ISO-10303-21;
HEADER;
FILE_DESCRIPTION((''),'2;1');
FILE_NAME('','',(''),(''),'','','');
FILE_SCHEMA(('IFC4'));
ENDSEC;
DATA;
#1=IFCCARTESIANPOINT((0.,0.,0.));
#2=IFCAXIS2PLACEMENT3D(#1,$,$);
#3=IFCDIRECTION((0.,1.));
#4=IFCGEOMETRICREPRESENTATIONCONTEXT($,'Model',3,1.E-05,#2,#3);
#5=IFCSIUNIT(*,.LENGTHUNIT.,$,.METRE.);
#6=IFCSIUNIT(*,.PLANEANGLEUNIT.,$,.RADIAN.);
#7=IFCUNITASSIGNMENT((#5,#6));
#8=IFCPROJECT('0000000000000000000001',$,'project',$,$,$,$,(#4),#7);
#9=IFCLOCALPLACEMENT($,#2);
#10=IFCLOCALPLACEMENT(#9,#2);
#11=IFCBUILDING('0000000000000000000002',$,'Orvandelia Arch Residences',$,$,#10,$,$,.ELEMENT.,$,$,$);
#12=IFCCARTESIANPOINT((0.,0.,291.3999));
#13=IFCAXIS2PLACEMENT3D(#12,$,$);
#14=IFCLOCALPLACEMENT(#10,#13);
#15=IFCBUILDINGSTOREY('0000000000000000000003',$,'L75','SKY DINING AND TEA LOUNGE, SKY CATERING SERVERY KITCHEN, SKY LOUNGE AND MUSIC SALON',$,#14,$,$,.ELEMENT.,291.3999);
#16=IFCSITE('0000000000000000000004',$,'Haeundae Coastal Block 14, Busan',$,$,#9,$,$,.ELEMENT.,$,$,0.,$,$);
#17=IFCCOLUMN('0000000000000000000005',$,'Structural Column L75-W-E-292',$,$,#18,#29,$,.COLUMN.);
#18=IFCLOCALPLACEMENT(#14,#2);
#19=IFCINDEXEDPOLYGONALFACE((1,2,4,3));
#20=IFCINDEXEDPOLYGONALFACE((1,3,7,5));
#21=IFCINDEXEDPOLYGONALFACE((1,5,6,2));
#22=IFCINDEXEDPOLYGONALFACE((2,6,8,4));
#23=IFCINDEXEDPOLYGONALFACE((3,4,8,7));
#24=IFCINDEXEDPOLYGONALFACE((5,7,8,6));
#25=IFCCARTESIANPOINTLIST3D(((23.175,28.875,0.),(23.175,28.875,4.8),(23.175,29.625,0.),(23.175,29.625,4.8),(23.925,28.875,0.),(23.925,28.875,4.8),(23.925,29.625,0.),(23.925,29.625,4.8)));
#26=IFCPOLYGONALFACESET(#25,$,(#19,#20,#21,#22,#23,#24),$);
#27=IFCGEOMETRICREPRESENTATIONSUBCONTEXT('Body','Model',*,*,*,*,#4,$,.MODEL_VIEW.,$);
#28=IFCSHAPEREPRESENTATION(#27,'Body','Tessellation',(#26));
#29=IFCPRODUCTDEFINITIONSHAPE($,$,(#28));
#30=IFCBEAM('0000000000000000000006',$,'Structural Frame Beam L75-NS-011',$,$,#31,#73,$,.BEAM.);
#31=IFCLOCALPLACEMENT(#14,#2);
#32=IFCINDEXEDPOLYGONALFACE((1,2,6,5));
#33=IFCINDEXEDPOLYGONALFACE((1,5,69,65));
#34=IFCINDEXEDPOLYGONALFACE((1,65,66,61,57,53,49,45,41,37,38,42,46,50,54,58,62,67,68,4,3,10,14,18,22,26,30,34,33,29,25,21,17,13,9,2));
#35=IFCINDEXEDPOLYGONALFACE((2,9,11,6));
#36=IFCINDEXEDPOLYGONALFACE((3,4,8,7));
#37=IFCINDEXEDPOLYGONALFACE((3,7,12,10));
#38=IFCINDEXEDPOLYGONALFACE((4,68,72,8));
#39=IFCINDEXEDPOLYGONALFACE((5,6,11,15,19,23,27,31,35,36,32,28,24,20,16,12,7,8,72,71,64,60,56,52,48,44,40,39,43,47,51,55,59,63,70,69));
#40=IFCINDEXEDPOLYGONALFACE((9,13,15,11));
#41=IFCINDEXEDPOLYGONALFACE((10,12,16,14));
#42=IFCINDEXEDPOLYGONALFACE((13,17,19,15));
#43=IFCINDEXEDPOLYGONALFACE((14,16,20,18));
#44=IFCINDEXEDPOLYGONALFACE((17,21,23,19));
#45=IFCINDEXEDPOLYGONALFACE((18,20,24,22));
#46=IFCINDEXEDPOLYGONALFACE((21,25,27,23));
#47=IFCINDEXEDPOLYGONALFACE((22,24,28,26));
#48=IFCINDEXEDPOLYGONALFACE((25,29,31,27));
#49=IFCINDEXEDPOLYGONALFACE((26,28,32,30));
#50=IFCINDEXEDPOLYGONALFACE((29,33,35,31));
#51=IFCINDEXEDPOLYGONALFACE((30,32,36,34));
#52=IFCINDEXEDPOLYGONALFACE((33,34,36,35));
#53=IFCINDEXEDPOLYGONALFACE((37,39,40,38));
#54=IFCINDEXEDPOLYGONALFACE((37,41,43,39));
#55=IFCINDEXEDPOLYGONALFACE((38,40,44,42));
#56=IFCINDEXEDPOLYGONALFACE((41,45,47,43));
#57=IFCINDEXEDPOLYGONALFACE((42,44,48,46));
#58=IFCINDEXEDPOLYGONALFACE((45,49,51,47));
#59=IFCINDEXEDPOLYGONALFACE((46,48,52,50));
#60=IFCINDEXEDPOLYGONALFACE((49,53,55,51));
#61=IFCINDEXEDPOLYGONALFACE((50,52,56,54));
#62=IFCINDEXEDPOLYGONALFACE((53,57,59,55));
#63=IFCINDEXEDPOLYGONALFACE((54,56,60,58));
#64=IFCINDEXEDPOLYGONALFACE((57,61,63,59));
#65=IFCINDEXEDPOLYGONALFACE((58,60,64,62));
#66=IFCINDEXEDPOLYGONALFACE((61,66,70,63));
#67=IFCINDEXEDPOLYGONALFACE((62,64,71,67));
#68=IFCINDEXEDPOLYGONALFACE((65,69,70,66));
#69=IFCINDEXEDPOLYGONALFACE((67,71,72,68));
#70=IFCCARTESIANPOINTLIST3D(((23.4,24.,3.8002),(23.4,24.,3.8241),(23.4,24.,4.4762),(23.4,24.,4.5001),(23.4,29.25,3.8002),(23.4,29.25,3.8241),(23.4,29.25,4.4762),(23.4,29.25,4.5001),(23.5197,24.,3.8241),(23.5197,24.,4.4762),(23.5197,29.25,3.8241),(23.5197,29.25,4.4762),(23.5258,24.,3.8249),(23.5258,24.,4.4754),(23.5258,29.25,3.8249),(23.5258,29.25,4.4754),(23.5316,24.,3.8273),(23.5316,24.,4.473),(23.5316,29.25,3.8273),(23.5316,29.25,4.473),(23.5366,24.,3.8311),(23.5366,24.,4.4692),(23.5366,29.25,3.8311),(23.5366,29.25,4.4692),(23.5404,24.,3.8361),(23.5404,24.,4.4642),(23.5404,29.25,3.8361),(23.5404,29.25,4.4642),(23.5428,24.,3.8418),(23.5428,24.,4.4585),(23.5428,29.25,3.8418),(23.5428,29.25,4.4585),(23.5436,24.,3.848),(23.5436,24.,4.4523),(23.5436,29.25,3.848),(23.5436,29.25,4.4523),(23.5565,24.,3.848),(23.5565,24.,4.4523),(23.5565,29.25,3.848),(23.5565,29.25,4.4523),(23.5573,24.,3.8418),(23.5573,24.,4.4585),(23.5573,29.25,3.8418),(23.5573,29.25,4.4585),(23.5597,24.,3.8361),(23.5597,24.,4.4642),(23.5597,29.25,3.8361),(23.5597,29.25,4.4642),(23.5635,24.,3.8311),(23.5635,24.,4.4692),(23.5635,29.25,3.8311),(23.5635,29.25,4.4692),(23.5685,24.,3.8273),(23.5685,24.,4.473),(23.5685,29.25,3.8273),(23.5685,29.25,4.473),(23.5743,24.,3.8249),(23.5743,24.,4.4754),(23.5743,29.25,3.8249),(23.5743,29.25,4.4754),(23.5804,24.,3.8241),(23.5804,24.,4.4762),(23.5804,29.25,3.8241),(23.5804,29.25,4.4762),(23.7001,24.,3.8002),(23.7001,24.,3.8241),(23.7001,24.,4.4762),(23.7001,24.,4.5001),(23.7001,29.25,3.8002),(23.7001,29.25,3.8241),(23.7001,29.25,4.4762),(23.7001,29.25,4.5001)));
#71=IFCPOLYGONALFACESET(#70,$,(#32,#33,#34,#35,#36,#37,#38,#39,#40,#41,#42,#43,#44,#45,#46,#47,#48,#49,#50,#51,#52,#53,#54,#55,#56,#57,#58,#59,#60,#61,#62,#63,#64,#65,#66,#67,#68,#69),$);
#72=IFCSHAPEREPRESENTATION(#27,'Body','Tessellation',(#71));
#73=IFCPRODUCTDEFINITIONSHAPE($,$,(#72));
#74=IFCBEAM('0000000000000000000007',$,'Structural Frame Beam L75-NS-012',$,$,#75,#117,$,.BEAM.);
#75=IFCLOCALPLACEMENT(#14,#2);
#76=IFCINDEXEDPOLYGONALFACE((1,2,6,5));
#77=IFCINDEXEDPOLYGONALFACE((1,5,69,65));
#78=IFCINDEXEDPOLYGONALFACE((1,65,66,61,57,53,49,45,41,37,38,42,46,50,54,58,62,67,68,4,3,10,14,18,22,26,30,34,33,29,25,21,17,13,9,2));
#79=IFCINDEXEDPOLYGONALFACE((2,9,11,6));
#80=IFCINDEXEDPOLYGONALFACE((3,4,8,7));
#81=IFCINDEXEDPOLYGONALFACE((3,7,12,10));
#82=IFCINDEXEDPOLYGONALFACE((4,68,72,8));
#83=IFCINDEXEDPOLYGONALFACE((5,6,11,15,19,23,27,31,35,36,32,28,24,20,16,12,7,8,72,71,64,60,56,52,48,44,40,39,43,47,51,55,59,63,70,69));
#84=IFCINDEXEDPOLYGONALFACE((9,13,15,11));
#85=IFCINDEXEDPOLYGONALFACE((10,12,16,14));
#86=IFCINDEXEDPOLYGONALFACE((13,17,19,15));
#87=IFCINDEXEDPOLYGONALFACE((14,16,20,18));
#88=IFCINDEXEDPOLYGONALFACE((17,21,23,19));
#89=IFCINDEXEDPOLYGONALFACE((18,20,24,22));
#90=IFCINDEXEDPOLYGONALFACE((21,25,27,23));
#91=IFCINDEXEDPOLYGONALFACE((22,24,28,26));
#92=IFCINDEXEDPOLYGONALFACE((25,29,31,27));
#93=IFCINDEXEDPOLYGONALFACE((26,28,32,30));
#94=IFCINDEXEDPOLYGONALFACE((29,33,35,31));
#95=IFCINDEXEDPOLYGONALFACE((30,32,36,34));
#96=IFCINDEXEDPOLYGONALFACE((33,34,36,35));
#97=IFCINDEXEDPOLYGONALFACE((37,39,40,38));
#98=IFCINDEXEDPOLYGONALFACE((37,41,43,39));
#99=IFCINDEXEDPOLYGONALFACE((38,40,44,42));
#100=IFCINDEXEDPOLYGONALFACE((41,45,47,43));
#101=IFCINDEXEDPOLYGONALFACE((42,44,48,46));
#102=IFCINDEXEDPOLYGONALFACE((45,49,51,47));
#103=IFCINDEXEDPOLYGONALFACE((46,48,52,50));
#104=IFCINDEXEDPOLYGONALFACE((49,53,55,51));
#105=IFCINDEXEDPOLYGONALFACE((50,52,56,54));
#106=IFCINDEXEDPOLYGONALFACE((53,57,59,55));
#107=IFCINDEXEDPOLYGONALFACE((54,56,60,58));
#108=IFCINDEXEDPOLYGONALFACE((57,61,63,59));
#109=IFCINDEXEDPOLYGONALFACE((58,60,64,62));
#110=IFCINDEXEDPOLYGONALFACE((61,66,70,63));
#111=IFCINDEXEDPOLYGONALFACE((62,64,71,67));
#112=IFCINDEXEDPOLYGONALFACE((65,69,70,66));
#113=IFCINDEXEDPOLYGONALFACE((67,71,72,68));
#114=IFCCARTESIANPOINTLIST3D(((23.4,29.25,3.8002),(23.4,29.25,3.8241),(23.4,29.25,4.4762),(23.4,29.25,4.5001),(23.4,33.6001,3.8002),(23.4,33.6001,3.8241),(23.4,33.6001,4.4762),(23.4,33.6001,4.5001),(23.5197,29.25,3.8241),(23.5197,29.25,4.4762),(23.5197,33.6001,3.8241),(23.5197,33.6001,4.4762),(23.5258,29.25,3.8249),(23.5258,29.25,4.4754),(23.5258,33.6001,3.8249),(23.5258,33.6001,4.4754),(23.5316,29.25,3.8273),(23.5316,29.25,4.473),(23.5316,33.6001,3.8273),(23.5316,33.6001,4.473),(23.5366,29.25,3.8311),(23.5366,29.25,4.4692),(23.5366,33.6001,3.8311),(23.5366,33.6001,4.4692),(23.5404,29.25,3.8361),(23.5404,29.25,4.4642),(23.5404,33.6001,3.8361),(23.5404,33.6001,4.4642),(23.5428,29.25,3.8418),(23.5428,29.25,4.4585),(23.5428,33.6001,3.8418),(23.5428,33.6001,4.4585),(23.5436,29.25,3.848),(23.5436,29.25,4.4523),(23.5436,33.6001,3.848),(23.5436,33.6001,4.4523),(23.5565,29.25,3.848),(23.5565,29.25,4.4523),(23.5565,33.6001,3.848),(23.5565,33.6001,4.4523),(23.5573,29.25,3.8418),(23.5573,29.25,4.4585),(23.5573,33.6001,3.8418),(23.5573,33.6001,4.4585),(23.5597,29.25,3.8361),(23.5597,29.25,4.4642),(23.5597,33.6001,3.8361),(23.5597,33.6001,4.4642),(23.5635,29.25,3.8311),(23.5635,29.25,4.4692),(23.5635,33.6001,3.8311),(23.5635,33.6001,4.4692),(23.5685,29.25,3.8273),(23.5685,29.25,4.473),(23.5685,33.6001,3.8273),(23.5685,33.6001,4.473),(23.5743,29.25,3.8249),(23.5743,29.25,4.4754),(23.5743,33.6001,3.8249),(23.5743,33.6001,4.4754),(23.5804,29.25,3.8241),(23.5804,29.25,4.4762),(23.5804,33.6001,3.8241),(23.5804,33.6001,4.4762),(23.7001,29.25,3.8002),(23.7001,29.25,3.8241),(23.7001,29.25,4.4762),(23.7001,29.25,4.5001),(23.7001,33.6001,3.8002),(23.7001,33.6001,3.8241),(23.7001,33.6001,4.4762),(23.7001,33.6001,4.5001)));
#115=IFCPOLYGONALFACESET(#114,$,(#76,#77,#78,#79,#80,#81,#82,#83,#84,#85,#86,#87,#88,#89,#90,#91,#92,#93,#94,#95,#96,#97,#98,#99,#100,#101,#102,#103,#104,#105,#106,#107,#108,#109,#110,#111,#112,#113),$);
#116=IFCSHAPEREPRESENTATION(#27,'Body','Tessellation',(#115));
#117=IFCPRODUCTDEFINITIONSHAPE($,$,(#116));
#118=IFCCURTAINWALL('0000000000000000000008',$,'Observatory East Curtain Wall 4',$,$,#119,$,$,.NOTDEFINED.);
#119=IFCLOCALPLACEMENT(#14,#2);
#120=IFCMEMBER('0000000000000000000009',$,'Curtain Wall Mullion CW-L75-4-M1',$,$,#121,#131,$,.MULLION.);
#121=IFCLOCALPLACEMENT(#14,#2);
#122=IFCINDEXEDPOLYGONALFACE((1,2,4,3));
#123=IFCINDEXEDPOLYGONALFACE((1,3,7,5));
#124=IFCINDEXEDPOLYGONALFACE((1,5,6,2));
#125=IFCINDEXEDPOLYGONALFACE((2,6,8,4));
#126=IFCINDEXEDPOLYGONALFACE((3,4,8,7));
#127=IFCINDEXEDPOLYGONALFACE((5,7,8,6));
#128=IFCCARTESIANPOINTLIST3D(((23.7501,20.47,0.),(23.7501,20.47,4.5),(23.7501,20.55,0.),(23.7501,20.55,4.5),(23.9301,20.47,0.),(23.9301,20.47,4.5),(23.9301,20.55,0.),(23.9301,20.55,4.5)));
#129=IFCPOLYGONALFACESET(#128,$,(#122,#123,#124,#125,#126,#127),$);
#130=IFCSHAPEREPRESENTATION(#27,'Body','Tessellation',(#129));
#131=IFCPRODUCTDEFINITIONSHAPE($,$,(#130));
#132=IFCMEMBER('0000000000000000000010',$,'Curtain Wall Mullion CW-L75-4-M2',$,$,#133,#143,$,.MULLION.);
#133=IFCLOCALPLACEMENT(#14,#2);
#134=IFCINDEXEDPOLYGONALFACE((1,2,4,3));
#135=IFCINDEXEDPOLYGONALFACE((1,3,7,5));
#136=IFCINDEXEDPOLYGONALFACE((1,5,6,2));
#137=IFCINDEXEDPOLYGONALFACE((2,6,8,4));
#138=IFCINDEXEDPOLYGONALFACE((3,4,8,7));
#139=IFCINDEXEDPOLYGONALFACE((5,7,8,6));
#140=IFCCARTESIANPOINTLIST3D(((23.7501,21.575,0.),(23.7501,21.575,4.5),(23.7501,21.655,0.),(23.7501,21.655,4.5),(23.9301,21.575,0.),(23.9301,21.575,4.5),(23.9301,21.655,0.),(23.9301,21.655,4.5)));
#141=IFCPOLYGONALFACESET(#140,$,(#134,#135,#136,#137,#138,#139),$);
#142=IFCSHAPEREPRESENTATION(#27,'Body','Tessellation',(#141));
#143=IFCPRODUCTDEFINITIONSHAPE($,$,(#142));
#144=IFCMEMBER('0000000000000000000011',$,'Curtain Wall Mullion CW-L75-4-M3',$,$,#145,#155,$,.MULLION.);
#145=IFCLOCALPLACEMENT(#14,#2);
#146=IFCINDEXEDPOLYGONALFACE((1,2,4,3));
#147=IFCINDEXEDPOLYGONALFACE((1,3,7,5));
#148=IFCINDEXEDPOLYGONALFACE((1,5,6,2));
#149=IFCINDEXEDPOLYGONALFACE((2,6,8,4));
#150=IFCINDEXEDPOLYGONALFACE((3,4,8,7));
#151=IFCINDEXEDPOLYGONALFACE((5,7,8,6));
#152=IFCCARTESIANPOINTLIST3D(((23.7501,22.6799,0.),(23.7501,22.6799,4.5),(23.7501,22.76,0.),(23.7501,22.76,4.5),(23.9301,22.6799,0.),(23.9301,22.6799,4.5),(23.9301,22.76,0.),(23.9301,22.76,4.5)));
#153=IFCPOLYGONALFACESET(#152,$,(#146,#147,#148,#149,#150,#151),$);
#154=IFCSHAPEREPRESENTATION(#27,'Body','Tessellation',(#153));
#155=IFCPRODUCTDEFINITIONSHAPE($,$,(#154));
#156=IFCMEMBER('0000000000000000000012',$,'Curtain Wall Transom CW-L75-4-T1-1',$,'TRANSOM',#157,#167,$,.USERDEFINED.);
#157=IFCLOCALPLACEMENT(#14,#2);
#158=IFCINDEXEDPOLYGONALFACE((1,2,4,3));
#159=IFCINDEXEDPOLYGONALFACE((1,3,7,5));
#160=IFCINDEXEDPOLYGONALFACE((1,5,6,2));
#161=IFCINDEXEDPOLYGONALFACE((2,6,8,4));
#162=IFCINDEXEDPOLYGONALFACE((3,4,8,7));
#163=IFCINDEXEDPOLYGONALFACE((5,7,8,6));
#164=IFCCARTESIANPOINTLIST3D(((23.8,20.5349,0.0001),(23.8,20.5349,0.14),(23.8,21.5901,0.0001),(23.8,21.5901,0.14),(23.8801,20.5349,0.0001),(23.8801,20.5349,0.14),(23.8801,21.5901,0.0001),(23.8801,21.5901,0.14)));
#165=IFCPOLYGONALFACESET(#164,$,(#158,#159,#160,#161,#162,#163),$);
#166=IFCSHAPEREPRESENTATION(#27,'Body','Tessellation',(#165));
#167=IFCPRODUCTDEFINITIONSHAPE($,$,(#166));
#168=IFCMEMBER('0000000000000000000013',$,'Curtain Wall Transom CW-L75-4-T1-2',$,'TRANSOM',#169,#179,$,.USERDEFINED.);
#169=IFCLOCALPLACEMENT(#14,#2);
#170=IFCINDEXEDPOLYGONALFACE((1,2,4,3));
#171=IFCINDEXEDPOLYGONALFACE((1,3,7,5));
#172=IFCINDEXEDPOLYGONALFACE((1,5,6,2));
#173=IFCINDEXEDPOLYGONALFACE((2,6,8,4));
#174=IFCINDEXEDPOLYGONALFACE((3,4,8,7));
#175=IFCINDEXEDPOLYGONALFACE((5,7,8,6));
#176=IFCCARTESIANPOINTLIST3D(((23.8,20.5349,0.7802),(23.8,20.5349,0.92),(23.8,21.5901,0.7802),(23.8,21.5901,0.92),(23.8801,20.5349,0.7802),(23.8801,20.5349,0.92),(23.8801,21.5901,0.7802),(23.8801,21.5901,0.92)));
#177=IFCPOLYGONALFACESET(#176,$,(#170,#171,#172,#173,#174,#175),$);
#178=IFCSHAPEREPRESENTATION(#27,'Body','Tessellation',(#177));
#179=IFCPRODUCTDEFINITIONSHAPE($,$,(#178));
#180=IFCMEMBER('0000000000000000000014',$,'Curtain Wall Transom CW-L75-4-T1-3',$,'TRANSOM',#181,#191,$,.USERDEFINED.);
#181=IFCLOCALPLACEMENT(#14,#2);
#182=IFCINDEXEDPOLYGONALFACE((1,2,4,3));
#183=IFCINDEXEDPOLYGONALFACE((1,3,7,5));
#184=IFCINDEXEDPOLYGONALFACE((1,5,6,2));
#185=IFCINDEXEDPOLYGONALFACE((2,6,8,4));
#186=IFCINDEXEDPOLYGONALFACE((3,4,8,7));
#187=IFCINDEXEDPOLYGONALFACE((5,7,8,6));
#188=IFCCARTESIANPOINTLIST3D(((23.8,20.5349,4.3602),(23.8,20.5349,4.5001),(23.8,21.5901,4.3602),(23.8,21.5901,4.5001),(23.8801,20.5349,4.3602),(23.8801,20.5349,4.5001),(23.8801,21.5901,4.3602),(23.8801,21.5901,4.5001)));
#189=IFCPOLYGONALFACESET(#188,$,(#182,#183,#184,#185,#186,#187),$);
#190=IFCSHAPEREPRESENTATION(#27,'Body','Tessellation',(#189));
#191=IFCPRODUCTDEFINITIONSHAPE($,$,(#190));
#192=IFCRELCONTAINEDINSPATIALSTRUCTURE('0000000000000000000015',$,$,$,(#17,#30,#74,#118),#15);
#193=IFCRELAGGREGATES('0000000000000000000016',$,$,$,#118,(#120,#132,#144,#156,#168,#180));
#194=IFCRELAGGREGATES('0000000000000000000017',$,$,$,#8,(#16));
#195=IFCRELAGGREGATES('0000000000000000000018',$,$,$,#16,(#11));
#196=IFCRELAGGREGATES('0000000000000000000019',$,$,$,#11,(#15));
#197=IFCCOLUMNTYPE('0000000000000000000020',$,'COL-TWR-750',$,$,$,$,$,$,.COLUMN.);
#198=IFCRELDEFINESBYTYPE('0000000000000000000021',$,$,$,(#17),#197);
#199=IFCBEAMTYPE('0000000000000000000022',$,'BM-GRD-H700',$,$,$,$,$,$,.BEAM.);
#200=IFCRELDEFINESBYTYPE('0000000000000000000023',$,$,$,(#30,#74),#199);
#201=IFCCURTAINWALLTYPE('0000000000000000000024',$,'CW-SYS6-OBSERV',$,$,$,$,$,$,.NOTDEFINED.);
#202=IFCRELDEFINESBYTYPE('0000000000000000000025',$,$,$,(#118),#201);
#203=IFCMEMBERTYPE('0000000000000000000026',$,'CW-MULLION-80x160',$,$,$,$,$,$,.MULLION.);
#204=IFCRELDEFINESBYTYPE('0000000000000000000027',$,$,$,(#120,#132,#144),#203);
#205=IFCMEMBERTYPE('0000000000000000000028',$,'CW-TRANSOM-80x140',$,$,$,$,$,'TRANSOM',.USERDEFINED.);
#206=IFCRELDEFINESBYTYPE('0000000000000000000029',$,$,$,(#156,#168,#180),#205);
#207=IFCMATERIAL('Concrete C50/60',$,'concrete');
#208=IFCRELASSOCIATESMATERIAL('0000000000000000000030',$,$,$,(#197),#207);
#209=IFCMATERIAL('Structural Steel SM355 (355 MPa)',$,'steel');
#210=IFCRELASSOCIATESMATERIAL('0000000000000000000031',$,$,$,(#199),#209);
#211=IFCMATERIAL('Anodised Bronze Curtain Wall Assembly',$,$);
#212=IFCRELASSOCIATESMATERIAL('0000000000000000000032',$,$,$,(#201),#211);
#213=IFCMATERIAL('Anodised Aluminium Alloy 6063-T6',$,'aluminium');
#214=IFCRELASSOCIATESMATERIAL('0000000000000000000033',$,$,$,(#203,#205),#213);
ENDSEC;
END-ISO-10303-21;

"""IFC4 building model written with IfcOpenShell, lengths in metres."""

from ifc_helpers import new_model, si_unit, direction, frame, origin, origin_2d, place, context, subcontext, project, spatial, rectangle, i_section, extrude, material, material_profile, profile_set, type_object, element, aggregate, save


model = new_model("IFC4")

# Units and contexts
model_context = context("Model", 3, precision=1e-05, world=origin(), true_north=direction((0.0, 1.0)))
body_context = subcontext(model_context, "Body", "Model", "MODEL_VIEW")
ifc_project = project(units=[si_unit("LENGTHUNIT", "METRE"), si_unit("PLANEANGLEUNIT", "RADIAN")], contexts=[model_context])

# Site, building, storey
site_placement = place(None, origin())
site = spatial("IfcSite", under=ifc_project, at=site_placement, Name="Haeundae Coastal Block 14, Busan", CompositionType="ELEMENT", RefElevation=0.0)
building_placement = place(site_placement, origin())
building = spatial("IfcBuilding", under=site, at=building_placement, Name="Orvandelia Arch Residences", CompositionType="ELEMENT")
storey_placement = place(building_placement, frame((0.0, 0.0, 291.3999)))
storey = spatial("IfcBuildingStorey", under=building, at=storey_placement, Name="L75", Description="SKY DINING AND TEA LOUNGE, SKY CATERING SERVERY KITCHEN, SKY LOUNGE AND MUSIC SALON", CompositionType="ELEMENT", Elevation=291.3999)

# Column
ifc_material_1 = material(Name="Concrete C50/60", Category="concrete")
ifc_material_profile_1 = material_profile(ifc_material_1, rectangle(XDim=0.75, YDim=0.75, at=origin_2d()), Name="Concrete C50/60", Category="concrete")
ifc_profile_set_1 = profile_set([ifc_material_profile_1], Name="Concrete C50/60")
column_type = type_object("IfcColumnType", Name="COL-TWR-750", PredefinedType="COLUMN", material=ifc_profile_set_1)
column_placement = place(storey_placement, frame((23.55, 29.25, 0.0), z_axis=(0.0, 0.0, 1.0), x_axis=(1.0, 0.0, 0.0)))
element("IfcColumn", 1, at=column_placement, inside=storey, type_object=column_type, Name="Structural Column L75-W-E-292", PredefinedType="COLUMN", context=body_context, shape_type="SweptSolid", body=[
    extrude(rectangle(XDim=0.75, YDim=0.75, at=origin_2d()), origin(), (0.0, 0.0, 1.0), 4.8),
])

# Beams
ifc_material_2 = material(Name="Structural Steel SM355 (355 MPa)", Category="steel")
ifc_material_profile_2 = material_profile(ifc_material_2, i_section(OverallWidth=0.3, OverallDepth=0.7, WebThickness=0.0129, FlangeThickness=0.0239, FilletRadius=0.0239, at=origin_2d()), Name="Structural Steel SM355 (355 MPa)", Category="steel")
ifc_profile_set_2 = profile_set([ifc_material_profile_2], Name="Structural Steel SM355 (355 MPa)")
beam_type = type_object("IfcBeamType", Name="BM-GRD-H700", PredefinedType="BEAM", material=ifc_profile_set_2)
beam_1_placement = place(storey_placement, frame((23.55, 24.0, 4.1501), z_axis=(0.0, 1.0, 0.0), x_axis=(-1.0, 0.0, 0.0)))
element("IfcBeam", 2, at=beam_1_placement, inside=storey, type_object=beam_type, Name="Structural Frame Beam L75-NS-011", PredefinedType="BEAM", context=body_context, shape_type="SweptSolid", body=[
    extrude(i_section(OverallWidth=0.3, OverallDepth=0.7, WebThickness=0.0129, FlangeThickness=0.0239, FilletRadius=0.0239, at=origin_2d()), origin(), (0.0, 0.0, 1.0), 5.25),
])
beam_2_placement = place(storey_placement, frame((23.55, 29.25, 4.1501), z_axis=(0.0, 1.0, 0.0), x_axis=(-1.0, 0.0, 0.0)))
element("IfcBeam", 3, at=beam_2_placement, inside=storey, type_object=beam_type, Name="Structural Frame Beam L75-NS-012", PredefinedType="BEAM", context=body_context, shape_type="SweptSolid", body=[
    extrude(i_section(OverallWidth=0.3, OverallDepth=0.7, WebThickness=0.0129, FlangeThickness=0.0239, FilletRadius=0.0239, at=origin_2d()), origin(), (0.0, 0.0, 1.0), 4.3501),
])

# Curtain wall, members
ifc_material_3 = material(Name="Anodised Bronze Curtain Wall Assembly")
curtain_wall_type = type_object("IfcCurtainWallType", Name="CW-SYS6-OBSERV", PredefinedType="NOTDEFINED", material=ifc_material_3)
curtain_wall_placement = place(storey_placement, origin())
curtain_wall = element("IfcCurtainWall", 4, at=curtain_wall_placement, inside=storey, type_object=curtain_wall_type, Name="Observatory East Curtain Wall 4", PredefinedType="NOTDEFINED")
ifc_material_4 = material(Name="Anodised Aluminium Alloy 6063-T6", Category="aluminium")
ifc_material_profile_3 = material_profile(ifc_material_4, rectangle(XDim=0.0801, YDim=0.1799, at=origin_2d()), Name="Anodised Aluminium Alloy 6063-T6", Category="aluminium")
ifc_profile_set_3 = profile_set([ifc_material_profile_3], Name="Anodised Aluminium Alloy 6063-T6")
member_type_1 = type_object("IfcMemberType", Name="CW-MULLION-80x160", PredefinedType="MULLION", material=ifc_profile_set_3)
member_1_placement = place(storey_placement, frame((23.8401, 20.51, 0.0), z_axis=(0.0, 0.0, 1.0), x_axis=(0.0, 1.0, 0.0)))
member_1 = element("IfcMember", 5, at=member_1_placement, type_object=member_type_1, Name="Curtain Wall Mullion CW-L75-4-M1", PredefinedType="MULLION", context=body_context, shape_type="SweptSolid", body=[
    extrude(rectangle(XDim=0.0801, YDim=0.1799, at=origin_2d()), origin(), (0.0, 0.0, 1.0), 4.5),
])
member_2_placement = place(storey_placement, frame((23.8401, 21.615, 0.0), z_axis=(0.0, 0.0, 1.0), x_axis=(0.0, 1.0, 0.0)))
member_2 = element("IfcMember", 6, at=member_2_placement, type_object=member_type_1, Name="Curtain Wall Mullion CW-L75-4-M2", PredefinedType="MULLION", context=body_context, shape_type="SweptSolid", body=[
    extrude(rectangle(XDim=0.0801, YDim=0.1799, at=origin_2d()), origin(), (0.0, 0.0, 1.0), 4.5),
])
member_3_placement = place(storey_placement, frame((23.8401, 22.72, 0.0), z_axis=(0.0, 0.0, 1.0), x_axis=(0.0, 1.0, 0.0)))
member_3 = element("IfcMember", 7, at=member_3_placement, type_object=member_type_1, Name="Curtain Wall Mullion CW-L75-4-M3", PredefinedType="MULLION", context=body_context, shape_type="SweptSolid", body=[
    extrude(rectangle(XDim=0.0801, YDim=0.1799, at=origin_2d()), origin(), (0.0, 0.0, 1.0), 4.5),
])
ifc_material_profile_4 = material_profile(ifc_material_4, rectangle(XDim=0.0801, YDim=0.1399, at=origin_2d()), Name="Anodised Aluminium Alloy 6063-T6", Category="aluminium")
ifc_profile_set_4 = profile_set([ifc_material_profile_4], Name="Anodised Aluminium Alloy 6063-T6")
member_type_2 = type_object("IfcMemberType", Name="CW-TRANSOM-80x140", ElementType="TRANSOM", PredefinedType="USERDEFINED", material=ifc_profile_set_4)
member_4_placement = place(storey_placement, frame((23.8401, 20.5349, 0.0701), z_axis=(0.0, 1.0, 0.0), x_axis=(-1.0, 0.0, 0.0)))
member_4 = element("IfcMember", 8, at=member_4_placement, type_object=member_type_2, Name="Curtain Wall Transom CW-L75-4-T1-1", ObjectType="TRANSOM", PredefinedType="USERDEFINED", context=body_context, shape_type="SweptSolid", body=[
    extrude(rectangle(XDim=0.0801, YDim=0.1399, at=origin_2d()), origin(), (0.0, 0.0, 1.0), 1.0552),
])
member_5_placement = place(storey_placement, frame((23.8401, 20.5349, 0.8501), z_axis=(0.0, 1.0, 0.0), x_axis=(-1.0, 0.0, 0.0)))
member_5 = element("IfcMember", 9, at=member_5_placement, type_object=member_type_2, Name="Curtain Wall Transom CW-L75-4-T1-2", ObjectType="TRANSOM", PredefinedType="USERDEFINED", context=body_context, shape_type="SweptSolid", body=[
    extrude(rectangle(XDim=0.0801, YDim=0.1399, at=origin_2d()), origin(), (0.0, 0.0, 1.0), 1.0552),
])
member_6_placement = place(storey_placement, frame((23.8401, 20.5349, 4.4302), z_axis=(0.0, 1.0, 0.0), x_axis=(-1.0, 0.0, 0.0)))
member_6 = element("IfcMember", 10, at=member_6_placement, type_object=member_type_2, Name="Curtain Wall Transom CW-L75-4-T1-3", ObjectType="TRANSOM", PredefinedType="USERDEFINED", context=body_context, shape_type="SweptSolid", body=[
    extrude(rectangle(XDim=0.0801, YDim=0.1399, at=origin_2d()), origin(), (0.0, 0.0, 1.0), 1.0552),
])
aggregate(curtain_wall, [member_1, member_2, member_3, member_4, member_5, member_6])

save(model, "model.ifc")
